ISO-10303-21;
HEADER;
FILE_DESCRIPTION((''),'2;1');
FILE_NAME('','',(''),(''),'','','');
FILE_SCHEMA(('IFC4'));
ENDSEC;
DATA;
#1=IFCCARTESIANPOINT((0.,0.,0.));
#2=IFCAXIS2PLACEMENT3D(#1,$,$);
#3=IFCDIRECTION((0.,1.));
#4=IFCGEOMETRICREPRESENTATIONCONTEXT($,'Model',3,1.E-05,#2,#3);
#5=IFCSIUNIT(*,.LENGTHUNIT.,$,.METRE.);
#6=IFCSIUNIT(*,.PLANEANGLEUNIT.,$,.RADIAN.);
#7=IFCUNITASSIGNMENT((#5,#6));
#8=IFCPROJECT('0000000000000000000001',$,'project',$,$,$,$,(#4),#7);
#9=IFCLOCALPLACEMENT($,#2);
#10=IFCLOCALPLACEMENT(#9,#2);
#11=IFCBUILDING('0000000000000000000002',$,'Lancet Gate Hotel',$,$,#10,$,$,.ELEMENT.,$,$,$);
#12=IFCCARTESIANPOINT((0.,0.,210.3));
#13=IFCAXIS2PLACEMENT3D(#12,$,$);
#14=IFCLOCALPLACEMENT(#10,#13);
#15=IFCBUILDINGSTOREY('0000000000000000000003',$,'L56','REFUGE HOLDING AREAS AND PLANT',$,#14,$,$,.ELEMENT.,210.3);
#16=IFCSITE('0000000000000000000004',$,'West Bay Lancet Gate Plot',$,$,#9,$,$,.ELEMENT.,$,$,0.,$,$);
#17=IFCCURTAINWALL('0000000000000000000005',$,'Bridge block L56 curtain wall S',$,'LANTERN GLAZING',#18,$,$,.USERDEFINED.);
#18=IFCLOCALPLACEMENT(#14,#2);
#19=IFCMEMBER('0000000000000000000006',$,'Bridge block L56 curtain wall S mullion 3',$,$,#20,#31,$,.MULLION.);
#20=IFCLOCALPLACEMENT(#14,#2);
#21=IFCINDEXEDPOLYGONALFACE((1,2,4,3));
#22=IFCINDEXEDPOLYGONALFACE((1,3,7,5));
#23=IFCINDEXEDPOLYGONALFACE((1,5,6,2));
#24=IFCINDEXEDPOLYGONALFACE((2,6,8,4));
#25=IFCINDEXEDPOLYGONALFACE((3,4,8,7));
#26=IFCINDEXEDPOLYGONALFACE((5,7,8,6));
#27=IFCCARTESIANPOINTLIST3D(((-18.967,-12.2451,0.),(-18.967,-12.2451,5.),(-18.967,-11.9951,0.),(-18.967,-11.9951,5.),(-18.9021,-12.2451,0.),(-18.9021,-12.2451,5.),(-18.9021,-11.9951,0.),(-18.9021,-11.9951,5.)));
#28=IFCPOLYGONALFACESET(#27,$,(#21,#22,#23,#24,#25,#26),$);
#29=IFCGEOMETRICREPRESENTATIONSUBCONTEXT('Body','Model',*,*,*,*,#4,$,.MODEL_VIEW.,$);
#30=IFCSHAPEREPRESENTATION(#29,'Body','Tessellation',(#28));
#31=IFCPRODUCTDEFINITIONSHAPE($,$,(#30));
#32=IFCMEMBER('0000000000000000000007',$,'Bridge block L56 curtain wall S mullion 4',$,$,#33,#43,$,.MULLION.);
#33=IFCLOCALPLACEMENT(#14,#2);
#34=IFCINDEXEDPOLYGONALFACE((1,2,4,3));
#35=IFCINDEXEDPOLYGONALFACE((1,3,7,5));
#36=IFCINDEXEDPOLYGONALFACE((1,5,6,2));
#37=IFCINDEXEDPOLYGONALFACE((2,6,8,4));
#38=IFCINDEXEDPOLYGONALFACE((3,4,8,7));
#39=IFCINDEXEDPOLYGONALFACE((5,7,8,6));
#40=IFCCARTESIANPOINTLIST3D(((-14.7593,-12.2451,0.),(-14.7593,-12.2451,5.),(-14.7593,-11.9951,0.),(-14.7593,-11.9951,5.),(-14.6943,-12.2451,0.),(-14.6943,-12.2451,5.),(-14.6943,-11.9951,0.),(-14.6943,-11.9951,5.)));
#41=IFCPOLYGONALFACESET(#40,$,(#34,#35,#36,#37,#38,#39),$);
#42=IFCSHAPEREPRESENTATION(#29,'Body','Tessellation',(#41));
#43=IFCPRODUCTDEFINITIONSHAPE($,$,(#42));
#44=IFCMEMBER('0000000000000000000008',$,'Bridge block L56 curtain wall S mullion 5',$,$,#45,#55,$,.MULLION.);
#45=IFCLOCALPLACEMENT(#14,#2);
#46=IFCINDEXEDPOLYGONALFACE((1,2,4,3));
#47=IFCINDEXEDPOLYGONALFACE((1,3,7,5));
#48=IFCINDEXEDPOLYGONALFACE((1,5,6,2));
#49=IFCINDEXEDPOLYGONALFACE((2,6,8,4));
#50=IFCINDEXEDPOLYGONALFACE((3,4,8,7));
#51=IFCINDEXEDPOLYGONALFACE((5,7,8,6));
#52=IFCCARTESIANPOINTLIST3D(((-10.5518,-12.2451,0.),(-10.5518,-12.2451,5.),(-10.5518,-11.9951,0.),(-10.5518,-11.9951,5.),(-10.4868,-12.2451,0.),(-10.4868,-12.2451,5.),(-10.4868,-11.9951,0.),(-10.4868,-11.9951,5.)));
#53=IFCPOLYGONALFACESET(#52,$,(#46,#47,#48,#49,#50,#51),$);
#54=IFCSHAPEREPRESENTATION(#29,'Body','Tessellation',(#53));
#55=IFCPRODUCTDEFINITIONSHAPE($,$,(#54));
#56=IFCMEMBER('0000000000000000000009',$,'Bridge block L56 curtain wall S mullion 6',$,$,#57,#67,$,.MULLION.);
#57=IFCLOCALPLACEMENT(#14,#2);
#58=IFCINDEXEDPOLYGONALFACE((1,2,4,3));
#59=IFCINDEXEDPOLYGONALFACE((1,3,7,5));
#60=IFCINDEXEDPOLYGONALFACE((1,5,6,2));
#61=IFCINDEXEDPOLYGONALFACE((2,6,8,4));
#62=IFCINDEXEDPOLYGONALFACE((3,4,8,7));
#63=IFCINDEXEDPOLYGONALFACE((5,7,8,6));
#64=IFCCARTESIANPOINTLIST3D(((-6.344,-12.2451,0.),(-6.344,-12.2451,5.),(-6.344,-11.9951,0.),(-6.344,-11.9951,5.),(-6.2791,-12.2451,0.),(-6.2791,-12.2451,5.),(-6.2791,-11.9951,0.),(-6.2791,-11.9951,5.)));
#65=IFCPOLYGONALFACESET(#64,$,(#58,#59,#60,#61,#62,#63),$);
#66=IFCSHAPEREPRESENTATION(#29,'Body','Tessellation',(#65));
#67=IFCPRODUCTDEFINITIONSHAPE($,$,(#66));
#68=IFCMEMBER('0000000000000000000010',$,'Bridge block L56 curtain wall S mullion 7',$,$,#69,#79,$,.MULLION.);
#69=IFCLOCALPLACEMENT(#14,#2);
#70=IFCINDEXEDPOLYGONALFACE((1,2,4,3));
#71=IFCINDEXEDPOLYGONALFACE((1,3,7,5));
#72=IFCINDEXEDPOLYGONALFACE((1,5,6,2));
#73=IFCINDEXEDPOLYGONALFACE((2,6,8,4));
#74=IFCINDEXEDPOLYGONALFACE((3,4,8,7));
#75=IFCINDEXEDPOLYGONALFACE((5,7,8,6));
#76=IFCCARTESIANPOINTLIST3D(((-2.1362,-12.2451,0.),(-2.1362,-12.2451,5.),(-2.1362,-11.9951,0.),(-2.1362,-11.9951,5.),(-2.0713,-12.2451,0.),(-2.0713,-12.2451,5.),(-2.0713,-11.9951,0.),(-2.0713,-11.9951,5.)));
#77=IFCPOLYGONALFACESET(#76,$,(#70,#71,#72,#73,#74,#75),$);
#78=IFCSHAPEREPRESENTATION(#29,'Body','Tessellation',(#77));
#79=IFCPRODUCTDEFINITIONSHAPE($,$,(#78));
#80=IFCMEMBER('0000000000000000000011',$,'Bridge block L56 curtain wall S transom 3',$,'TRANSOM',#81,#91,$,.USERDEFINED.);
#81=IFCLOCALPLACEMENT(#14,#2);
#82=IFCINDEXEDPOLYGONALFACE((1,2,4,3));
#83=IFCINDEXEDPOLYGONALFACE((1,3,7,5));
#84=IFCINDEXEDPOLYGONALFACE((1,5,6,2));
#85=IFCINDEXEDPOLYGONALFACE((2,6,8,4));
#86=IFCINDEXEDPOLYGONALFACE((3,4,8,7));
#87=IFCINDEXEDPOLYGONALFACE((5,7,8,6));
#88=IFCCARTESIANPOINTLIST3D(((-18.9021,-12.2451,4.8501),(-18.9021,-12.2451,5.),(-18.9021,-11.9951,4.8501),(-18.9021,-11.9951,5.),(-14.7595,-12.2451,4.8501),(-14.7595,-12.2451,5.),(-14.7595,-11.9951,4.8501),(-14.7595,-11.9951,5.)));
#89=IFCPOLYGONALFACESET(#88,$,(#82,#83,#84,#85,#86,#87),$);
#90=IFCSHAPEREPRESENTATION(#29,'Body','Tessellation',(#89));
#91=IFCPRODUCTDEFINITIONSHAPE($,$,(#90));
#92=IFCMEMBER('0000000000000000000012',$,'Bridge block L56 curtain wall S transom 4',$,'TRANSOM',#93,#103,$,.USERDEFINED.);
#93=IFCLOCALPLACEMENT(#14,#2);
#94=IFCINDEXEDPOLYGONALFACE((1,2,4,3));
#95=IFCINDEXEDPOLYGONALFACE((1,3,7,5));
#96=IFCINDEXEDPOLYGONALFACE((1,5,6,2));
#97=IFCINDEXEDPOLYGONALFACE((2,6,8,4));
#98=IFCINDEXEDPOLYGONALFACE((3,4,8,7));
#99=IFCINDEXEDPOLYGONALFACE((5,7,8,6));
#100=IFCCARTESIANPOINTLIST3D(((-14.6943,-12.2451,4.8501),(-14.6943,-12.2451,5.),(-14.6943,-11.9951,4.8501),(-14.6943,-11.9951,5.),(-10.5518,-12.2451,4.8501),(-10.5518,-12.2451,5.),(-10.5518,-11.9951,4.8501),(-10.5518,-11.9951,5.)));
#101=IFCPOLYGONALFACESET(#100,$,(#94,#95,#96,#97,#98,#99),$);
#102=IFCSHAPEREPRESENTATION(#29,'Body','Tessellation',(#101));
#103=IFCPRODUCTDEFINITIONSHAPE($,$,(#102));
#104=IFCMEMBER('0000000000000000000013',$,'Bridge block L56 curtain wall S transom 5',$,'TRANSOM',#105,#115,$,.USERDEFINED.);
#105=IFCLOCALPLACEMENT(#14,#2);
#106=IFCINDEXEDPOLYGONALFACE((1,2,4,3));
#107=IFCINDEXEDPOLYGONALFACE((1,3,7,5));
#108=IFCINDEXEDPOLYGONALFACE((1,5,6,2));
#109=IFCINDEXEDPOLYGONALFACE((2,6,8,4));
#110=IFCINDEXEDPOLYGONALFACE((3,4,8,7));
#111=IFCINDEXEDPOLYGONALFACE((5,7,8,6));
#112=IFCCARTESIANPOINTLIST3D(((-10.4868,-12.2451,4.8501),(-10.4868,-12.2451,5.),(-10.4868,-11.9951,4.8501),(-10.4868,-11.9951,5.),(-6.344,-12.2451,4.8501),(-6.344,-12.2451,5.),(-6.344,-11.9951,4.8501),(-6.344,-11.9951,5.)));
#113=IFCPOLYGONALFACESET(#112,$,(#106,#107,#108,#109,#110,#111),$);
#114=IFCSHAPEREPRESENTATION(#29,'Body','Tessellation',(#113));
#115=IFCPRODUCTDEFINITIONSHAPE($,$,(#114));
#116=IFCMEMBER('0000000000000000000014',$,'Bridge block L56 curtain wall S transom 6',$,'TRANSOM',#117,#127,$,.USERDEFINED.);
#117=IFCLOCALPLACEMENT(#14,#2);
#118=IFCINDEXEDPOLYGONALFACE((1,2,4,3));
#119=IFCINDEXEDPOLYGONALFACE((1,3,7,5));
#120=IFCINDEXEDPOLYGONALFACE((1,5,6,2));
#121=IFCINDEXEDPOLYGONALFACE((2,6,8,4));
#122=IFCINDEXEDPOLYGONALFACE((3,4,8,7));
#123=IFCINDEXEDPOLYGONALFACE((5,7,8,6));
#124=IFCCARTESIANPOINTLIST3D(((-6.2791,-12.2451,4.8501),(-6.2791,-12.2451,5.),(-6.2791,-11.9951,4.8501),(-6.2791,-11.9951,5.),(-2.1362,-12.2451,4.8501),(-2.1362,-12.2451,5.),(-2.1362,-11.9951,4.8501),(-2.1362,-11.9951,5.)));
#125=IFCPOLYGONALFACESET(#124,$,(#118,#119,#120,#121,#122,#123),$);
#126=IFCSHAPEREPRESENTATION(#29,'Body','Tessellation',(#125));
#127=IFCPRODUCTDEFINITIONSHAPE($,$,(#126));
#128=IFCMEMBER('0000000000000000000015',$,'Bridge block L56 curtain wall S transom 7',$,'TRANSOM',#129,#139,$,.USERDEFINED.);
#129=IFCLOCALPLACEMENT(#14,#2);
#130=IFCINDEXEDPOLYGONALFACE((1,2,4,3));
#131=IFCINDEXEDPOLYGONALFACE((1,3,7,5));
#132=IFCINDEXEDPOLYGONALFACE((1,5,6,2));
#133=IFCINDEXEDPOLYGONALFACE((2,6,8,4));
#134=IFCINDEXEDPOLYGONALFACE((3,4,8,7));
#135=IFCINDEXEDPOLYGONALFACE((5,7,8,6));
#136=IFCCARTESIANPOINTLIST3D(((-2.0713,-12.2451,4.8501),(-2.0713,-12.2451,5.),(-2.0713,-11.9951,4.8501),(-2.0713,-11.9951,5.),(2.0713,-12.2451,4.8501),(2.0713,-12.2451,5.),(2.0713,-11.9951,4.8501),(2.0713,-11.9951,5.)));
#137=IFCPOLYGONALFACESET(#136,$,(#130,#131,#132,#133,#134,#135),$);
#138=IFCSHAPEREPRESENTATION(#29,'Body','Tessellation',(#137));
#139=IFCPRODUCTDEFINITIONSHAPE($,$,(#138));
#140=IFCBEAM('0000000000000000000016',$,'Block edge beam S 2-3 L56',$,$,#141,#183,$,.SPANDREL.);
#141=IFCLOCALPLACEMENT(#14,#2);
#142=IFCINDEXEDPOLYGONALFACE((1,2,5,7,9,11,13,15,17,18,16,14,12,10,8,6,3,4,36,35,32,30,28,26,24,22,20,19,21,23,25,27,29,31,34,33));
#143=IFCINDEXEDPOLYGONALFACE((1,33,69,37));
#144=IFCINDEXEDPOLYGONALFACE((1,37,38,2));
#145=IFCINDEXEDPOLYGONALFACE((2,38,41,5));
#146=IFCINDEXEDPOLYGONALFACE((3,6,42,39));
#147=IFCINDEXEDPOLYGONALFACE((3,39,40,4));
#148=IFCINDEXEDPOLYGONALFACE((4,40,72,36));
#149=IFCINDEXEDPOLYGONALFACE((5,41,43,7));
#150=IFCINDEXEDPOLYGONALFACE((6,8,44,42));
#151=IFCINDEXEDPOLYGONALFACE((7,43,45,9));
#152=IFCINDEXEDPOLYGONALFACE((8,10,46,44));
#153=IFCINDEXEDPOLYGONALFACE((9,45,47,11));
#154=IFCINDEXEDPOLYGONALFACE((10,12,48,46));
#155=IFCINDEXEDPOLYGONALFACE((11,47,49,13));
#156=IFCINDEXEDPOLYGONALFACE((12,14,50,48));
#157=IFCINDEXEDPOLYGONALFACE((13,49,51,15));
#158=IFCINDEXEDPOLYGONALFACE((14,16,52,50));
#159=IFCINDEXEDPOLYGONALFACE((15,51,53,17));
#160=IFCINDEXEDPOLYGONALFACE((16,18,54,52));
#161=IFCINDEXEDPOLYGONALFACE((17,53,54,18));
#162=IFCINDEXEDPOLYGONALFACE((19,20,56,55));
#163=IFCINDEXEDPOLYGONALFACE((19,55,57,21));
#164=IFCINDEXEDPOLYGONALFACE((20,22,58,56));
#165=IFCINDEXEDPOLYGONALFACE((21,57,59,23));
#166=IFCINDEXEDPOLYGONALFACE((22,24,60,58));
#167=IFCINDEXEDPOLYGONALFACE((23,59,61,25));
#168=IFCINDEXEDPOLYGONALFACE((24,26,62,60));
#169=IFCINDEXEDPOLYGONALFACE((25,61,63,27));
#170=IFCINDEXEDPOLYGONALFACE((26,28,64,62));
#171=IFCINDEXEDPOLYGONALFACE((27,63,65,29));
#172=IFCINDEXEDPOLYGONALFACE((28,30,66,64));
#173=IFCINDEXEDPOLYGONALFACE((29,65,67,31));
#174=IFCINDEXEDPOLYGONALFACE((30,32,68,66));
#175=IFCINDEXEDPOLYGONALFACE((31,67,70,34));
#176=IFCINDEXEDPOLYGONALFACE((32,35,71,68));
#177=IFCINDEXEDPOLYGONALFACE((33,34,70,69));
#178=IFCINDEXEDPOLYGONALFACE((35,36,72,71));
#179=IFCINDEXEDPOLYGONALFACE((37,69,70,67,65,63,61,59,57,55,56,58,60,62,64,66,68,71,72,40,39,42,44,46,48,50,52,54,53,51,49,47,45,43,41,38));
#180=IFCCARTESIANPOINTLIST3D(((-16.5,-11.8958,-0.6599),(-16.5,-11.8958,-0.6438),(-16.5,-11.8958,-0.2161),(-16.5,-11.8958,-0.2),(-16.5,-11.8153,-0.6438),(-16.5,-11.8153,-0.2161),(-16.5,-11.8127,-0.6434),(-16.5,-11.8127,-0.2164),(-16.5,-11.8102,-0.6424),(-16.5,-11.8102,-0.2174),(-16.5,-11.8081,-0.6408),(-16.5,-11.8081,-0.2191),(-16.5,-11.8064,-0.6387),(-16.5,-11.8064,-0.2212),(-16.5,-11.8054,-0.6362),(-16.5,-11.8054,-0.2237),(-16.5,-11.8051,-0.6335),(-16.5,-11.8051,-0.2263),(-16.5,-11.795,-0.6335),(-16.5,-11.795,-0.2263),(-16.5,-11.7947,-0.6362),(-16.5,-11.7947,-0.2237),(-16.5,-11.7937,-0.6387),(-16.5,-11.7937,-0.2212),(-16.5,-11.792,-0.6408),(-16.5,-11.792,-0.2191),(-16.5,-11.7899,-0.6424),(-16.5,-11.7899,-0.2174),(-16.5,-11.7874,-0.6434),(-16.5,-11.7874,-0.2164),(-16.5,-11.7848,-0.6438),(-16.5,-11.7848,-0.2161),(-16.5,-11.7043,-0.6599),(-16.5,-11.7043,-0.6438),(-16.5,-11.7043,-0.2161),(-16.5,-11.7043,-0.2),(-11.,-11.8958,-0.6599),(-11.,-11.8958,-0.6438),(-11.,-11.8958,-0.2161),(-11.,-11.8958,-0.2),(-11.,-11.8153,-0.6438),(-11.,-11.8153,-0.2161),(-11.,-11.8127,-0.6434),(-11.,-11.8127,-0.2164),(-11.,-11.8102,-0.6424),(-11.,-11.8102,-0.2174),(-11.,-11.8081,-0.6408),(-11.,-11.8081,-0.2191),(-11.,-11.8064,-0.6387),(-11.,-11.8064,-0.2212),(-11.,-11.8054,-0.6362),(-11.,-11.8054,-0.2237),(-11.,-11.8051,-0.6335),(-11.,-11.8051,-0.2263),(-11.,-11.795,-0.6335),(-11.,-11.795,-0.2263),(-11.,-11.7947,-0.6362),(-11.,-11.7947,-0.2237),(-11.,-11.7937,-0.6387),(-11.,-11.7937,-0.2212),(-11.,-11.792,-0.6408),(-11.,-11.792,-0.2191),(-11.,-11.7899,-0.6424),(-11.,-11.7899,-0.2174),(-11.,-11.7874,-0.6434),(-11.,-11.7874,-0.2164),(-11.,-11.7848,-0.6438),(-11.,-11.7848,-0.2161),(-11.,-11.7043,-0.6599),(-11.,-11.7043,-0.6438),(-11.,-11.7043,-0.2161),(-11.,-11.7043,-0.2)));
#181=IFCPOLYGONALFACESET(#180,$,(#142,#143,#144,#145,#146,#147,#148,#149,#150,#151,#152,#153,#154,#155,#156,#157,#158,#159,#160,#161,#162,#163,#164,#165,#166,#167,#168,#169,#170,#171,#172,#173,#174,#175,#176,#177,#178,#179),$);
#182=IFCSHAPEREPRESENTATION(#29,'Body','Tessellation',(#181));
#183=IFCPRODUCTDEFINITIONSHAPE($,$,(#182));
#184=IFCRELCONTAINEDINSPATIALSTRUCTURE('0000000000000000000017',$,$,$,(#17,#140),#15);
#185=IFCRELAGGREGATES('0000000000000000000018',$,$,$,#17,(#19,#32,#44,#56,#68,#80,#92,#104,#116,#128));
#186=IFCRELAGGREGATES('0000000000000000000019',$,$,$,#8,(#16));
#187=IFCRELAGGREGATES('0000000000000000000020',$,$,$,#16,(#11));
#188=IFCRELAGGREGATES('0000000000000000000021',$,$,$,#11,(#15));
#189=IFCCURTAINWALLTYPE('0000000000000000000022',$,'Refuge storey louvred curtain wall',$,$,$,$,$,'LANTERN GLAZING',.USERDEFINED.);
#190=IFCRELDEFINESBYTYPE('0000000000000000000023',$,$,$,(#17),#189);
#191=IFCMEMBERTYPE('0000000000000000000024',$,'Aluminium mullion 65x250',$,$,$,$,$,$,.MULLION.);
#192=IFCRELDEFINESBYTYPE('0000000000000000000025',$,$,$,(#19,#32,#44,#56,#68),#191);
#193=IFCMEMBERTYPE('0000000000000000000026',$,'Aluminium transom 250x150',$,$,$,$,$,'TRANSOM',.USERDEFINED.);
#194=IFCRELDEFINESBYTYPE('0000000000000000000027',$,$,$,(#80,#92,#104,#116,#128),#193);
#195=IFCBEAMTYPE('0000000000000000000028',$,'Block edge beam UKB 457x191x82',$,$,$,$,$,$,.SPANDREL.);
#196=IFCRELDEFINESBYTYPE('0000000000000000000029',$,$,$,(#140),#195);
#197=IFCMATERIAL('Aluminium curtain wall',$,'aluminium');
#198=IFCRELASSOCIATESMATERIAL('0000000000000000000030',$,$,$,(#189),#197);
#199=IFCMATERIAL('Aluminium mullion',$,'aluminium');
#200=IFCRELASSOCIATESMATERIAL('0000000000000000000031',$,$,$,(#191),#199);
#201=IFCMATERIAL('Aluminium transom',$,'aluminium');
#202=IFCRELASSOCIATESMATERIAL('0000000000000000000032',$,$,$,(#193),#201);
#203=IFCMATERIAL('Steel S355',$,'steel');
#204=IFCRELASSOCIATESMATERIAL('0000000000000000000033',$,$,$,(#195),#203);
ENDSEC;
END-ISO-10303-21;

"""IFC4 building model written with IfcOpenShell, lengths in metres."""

from ifc_helpers import new_model, si_unit, direction, frame, origin, origin_2d, place, context, subcontext, project, spatial, rectangle, i_section, extrude, material, material_profile, profile_set, type_object, element, aggregate, save


model = new_model("IFC4")

# Units and contexts
model_context = context("Model", 3, precision=1e-05, world=origin(), true_north=direction((0.0, 1.0)))
body_context = subcontext(model_context, "Body", "Model", "MODEL_VIEW")
ifc_project = project(units=[si_unit("LENGTHUNIT", "METRE"), si_unit("PLANEANGLEUNIT", "RADIAN")], contexts=[model_context])

# Site, building, storey
site_placement = place(None, origin())
site = spatial("IfcSite", under=ifc_project, at=site_placement, Name="West Bay Lancet Gate Plot", CompositionType="ELEMENT", RefElevation=0.0)
building_placement = place(site_placement, origin())
building = spatial("IfcBuilding", under=site, at=building_placement, Name="Lancet Gate Hotel", CompositionType="ELEMENT")
storey_placement = place(building_placement, frame((0.0, 0.0, 210.3)))
storey = spatial("IfcBuildingStorey", under=building, at=storey_placement, Name="L56", Description="REFUGE HOLDING AREAS AND PLANT", CompositionType="ELEMENT", Elevation=210.3)

# Curtain wall, members
ifc_material_1 = material(Name="Aluminium curtain wall", Category="aluminium")
curtain_wall_type = type_object("IfcCurtainWallType", Name="Refuge storey louvred curtain wall", ElementType="LANTERN GLAZING", PredefinedType="USERDEFINED", material=ifc_material_1)
curtain_wall_placement = place(storey_placement, origin())
curtain_wall = element("IfcCurtainWall", 1, at=curtain_wall_placement, inside=storey, type_object=curtain_wall_type, Name="Bridge block L56 curtain wall S", ObjectType="LANTERN GLAZING", PredefinedType="USERDEFINED")
ifc_material_2 = material(Name="Aluminium mullion", Category="aluminium")
ifc_material_profile_1 = material_profile(ifc_material_2, rectangle(XDim=0.0649, YDim=0.25, at=origin_2d()), Name="MULLION 65x250")
ifc_profile_set_1 = profile_set([ifc_material_profile_1], Name="Aluminium mullion")
member_type_1 = type_object("IfcMemberType", Name="Aluminium mullion 65x250", PredefinedType="MULLION", material=ifc_profile_set_1)
member_1_placement = place(storey_placement, frame((-18.9346, -12.1201, 0.0), z_axis=(0.0, 0.0, 1.0), x_axis=(1.0, 0.0, 0.0)))
member_1 = element("IfcMember", 2, at=member_1_placement, type_object=member_type_1, Name="Bridge block L56 curtain wall S mullion 3", PredefinedType="MULLION", context=body_context, shape_type="SweptSolid", body=[
    extrude(rectangle(XDim=0.0649, YDim=0.25, at=origin_2d()), origin(), (0.0, 0.0, 1.0), 5.0),
])
member_2_placement = place(storey_placement, frame((-14.7268, -12.1201, 0.0), z_axis=(0.0, 0.0, 1.0), x_axis=(1.0, 0.0, 0.0)))
member_2 = element("IfcMember", 3, at=member_2_placement, type_object=member_type_1, Name="Bridge block L56 curtain wall S mullion 4", PredefinedType="MULLION", context=body_context, shape_type="SweptSolid", body=[
    extrude(rectangle(XDim=0.0649, YDim=0.25, at=origin_2d()), origin(), (0.0, 0.0, 1.0), 5.0),
])
member_3_placement = place(storey_placement, frame((-10.5193, -12.1201, 0.0), z_axis=(0.0, 0.0, 1.0), x_axis=(1.0, 0.0, 0.0)))
member_3 = element("IfcMember", 4, at=member_3_placement, type_object=member_type_1, Name="Bridge block L56 curtain wall S mullion 5", PredefinedType="MULLION", context=body_context, shape_type="SweptSolid", body=[
    extrude(rectangle(XDim=0.0649, YDim=0.25, at=origin_2d()), origin(), (0.0, 0.0, 1.0), 5.0),
])
member_4_placement = place(storey_placement, frame((-6.3115, -12.1201, 0.0), z_axis=(0.0, 0.0, 1.0), x_axis=(1.0, 0.0, 0.0)))
member_4 = element("IfcMember", 5, at=member_4_placement, type_object=member_type_1, Name="Bridge block L56 curtain wall S mullion 6", PredefinedType="MULLION", context=body_context, shape_type="SweptSolid", body=[
    extrude(rectangle(XDim=0.0649, YDim=0.25, at=origin_2d()), origin(), (0.0, 0.0, 1.0), 5.0),
])
member_5_placement = place(storey_placement, frame((-2.1038, -12.1201, 0.0), z_axis=(0.0, 0.0, 1.0), x_axis=(1.0, 0.0, 0.0)))
member_5 = element("IfcMember", 6, at=member_5_placement, type_object=member_type_1, Name="Bridge block L56 curtain wall S mullion 7", PredefinedType="MULLION", context=body_context, shape_type="SweptSolid", body=[
    extrude(rectangle(XDim=0.0649, YDim=0.25, at=origin_2d()), origin(), (0.0, 0.0, 1.0), 5.0),
])
ifc_material_3 = material(Name="Aluminium transom", Category="aluminium")
ifc_material_profile_2 = material_profile(ifc_material_3, rectangle(XDim=0.25, YDim=0.1499, at=origin_2d()), Name="TRANSOM 250x150")
ifc_profile_set_2 = profile_set([ifc_material_profile_2], Name="Aluminium transom")
member_type_2 = type_object("IfcMemberType", Name="Aluminium transom 250x150", ElementType="TRANSOM", PredefinedType="USERDEFINED", material=ifc_profile_set_2)
member_6_placement = place(storey_placement, frame((-18.9021, -12.1201, 4.925), z_axis=(1.0, 0.0, 0.0), x_axis=(0.0, 1.0, 0.0)))
member_6 = element("IfcMember", 7, at=member_6_placement, type_object=member_type_2, Name="Bridge block L56 curtain wall S transom 3", ObjectType="TRANSOM", PredefinedType="USERDEFINED", context=body_context, shape_type="SweptSolid", body=[
    extrude(rectangle(XDim=0.25, YDim=0.1499, at=origin_2d()), origin(), (0.0, 0.0, 1.0), 4.1426),
])
member_7_placement = place(storey_placement, frame((-14.6943, -12.1201, 4.925), z_axis=(1.0, 0.0, 0.0), x_axis=(0.0, 1.0, 0.0)))
member_7 = element("IfcMember", 8, at=member_7_placement, type_object=member_type_2, Name="Bridge block L56 curtain wall S transom 4", ObjectType="TRANSOM", PredefinedType="USERDEFINED", context=body_context, shape_type="SweptSolid", body=[
    extrude(rectangle(XDim=0.25, YDim=0.1499, at=origin_2d()), origin(), (0.0, 0.0, 1.0), 4.1426),
])
member_8_placement = place(storey_placement, frame((-10.4868, -12.1201, 4.925), z_axis=(1.0, 0.0, 0.0), x_axis=(0.0, 1.0, 0.0)))
member_8 = element("IfcMember", 9, at=member_8_placement, type_object=member_type_2, Name="Bridge block L56 curtain wall S transom 5", ObjectType="TRANSOM", PredefinedType="USERDEFINED", context=body_context, shape_type="SweptSolid", body=[
    extrude(rectangle(XDim=0.25, YDim=0.1499, at=origin_2d()), origin(), (0.0, 0.0, 1.0), 4.1428),
])
member_9_placement = place(storey_placement, frame((-6.2791, -12.1201, 4.925), z_axis=(1.0, 0.0, 0.0), x_axis=(0.0, 1.0, 0.0)))
member_9 = element("IfcMember", 10, at=member_9_placement, type_object=member_type_2, Name="Bridge block L56 curtain wall S transom 6", ObjectType="TRANSOM", PredefinedType="USERDEFINED", context=body_context, shape_type="SweptSolid", body=[
    extrude(rectangle(XDim=0.25, YDim=0.1499, at=origin_2d()), origin(), (0.0, 0.0, 1.0), 4.1428),
])
member_10_placement = place(storey_placement, frame((-2.0713, -12.1201, 4.925), z_axis=(1.0, 0.0, 0.0), x_axis=(0.0, 1.0, 0.0)))
member_10 = element("IfcMember", 11, at=member_10_placement, type_object=member_type_2, Name="Bridge block L56 curtain wall S transom 7", ObjectType="TRANSOM", PredefinedType="USERDEFINED", context=body_context, shape_type="SweptSolid", body=[
    extrude(rectangle(XDim=0.25, YDim=0.1499, at=origin_2d()), origin(), (0.0, 0.0, 1.0), 4.1426),
])

# Beam
ifc_material_4 = material(Name="Steel S355", Category="steel")
ifc_material_profile_3 = material_profile(ifc_material_4, i_section(OverallWidth=0.1914, OverallDepth=0.46, WebThickness=0.01, FlangeThickness=0.0161, FilletRadius=0.0103, at=origin_2d()), Name="UKB 457x191x82")
ifc_profile_set_3 = profile_set([ifc_material_profile_3], Name="Steel S355")
beam_type_1 = type_object("IfcBeamType", Name="Block edge beam UKB 457x191x82", PredefinedType="SPANDREL", material=ifc_profile_set_3)
for number, where, z_axis, x_axis, name in (
    (12, (-16.5, -11.8, -0.4299), (1.0, 0.0, 0.0), (0.0, 1.0, 0.0), "Block edge beam S 2-3 L56"),
):
    element("IfcBeam", number, at=place(storey_placement, frame(where, z_axis=z_axis, x_axis=x_axis)), inside=storey, type_object=beam_type_1, Name=name, PredefinedType="SPANDREL", context=body_context, shape_type="SweptSolid", body=[
        extrude(i_section(OverallWidth=0.1914, OverallDepth=0.46, WebThickness=0.01, FlangeThickness=0.0161, FilletRadius=0.0103, at=origin_2d()), origin(), (0.0, 0.0, 1.0), 5.5),
    ])

aggregate(curtain_wall, [member_1, member_2, member_3, member_4, member_5, member_6, member_7, member_8, member_9, member_10])

save(model, "model.ifc")
